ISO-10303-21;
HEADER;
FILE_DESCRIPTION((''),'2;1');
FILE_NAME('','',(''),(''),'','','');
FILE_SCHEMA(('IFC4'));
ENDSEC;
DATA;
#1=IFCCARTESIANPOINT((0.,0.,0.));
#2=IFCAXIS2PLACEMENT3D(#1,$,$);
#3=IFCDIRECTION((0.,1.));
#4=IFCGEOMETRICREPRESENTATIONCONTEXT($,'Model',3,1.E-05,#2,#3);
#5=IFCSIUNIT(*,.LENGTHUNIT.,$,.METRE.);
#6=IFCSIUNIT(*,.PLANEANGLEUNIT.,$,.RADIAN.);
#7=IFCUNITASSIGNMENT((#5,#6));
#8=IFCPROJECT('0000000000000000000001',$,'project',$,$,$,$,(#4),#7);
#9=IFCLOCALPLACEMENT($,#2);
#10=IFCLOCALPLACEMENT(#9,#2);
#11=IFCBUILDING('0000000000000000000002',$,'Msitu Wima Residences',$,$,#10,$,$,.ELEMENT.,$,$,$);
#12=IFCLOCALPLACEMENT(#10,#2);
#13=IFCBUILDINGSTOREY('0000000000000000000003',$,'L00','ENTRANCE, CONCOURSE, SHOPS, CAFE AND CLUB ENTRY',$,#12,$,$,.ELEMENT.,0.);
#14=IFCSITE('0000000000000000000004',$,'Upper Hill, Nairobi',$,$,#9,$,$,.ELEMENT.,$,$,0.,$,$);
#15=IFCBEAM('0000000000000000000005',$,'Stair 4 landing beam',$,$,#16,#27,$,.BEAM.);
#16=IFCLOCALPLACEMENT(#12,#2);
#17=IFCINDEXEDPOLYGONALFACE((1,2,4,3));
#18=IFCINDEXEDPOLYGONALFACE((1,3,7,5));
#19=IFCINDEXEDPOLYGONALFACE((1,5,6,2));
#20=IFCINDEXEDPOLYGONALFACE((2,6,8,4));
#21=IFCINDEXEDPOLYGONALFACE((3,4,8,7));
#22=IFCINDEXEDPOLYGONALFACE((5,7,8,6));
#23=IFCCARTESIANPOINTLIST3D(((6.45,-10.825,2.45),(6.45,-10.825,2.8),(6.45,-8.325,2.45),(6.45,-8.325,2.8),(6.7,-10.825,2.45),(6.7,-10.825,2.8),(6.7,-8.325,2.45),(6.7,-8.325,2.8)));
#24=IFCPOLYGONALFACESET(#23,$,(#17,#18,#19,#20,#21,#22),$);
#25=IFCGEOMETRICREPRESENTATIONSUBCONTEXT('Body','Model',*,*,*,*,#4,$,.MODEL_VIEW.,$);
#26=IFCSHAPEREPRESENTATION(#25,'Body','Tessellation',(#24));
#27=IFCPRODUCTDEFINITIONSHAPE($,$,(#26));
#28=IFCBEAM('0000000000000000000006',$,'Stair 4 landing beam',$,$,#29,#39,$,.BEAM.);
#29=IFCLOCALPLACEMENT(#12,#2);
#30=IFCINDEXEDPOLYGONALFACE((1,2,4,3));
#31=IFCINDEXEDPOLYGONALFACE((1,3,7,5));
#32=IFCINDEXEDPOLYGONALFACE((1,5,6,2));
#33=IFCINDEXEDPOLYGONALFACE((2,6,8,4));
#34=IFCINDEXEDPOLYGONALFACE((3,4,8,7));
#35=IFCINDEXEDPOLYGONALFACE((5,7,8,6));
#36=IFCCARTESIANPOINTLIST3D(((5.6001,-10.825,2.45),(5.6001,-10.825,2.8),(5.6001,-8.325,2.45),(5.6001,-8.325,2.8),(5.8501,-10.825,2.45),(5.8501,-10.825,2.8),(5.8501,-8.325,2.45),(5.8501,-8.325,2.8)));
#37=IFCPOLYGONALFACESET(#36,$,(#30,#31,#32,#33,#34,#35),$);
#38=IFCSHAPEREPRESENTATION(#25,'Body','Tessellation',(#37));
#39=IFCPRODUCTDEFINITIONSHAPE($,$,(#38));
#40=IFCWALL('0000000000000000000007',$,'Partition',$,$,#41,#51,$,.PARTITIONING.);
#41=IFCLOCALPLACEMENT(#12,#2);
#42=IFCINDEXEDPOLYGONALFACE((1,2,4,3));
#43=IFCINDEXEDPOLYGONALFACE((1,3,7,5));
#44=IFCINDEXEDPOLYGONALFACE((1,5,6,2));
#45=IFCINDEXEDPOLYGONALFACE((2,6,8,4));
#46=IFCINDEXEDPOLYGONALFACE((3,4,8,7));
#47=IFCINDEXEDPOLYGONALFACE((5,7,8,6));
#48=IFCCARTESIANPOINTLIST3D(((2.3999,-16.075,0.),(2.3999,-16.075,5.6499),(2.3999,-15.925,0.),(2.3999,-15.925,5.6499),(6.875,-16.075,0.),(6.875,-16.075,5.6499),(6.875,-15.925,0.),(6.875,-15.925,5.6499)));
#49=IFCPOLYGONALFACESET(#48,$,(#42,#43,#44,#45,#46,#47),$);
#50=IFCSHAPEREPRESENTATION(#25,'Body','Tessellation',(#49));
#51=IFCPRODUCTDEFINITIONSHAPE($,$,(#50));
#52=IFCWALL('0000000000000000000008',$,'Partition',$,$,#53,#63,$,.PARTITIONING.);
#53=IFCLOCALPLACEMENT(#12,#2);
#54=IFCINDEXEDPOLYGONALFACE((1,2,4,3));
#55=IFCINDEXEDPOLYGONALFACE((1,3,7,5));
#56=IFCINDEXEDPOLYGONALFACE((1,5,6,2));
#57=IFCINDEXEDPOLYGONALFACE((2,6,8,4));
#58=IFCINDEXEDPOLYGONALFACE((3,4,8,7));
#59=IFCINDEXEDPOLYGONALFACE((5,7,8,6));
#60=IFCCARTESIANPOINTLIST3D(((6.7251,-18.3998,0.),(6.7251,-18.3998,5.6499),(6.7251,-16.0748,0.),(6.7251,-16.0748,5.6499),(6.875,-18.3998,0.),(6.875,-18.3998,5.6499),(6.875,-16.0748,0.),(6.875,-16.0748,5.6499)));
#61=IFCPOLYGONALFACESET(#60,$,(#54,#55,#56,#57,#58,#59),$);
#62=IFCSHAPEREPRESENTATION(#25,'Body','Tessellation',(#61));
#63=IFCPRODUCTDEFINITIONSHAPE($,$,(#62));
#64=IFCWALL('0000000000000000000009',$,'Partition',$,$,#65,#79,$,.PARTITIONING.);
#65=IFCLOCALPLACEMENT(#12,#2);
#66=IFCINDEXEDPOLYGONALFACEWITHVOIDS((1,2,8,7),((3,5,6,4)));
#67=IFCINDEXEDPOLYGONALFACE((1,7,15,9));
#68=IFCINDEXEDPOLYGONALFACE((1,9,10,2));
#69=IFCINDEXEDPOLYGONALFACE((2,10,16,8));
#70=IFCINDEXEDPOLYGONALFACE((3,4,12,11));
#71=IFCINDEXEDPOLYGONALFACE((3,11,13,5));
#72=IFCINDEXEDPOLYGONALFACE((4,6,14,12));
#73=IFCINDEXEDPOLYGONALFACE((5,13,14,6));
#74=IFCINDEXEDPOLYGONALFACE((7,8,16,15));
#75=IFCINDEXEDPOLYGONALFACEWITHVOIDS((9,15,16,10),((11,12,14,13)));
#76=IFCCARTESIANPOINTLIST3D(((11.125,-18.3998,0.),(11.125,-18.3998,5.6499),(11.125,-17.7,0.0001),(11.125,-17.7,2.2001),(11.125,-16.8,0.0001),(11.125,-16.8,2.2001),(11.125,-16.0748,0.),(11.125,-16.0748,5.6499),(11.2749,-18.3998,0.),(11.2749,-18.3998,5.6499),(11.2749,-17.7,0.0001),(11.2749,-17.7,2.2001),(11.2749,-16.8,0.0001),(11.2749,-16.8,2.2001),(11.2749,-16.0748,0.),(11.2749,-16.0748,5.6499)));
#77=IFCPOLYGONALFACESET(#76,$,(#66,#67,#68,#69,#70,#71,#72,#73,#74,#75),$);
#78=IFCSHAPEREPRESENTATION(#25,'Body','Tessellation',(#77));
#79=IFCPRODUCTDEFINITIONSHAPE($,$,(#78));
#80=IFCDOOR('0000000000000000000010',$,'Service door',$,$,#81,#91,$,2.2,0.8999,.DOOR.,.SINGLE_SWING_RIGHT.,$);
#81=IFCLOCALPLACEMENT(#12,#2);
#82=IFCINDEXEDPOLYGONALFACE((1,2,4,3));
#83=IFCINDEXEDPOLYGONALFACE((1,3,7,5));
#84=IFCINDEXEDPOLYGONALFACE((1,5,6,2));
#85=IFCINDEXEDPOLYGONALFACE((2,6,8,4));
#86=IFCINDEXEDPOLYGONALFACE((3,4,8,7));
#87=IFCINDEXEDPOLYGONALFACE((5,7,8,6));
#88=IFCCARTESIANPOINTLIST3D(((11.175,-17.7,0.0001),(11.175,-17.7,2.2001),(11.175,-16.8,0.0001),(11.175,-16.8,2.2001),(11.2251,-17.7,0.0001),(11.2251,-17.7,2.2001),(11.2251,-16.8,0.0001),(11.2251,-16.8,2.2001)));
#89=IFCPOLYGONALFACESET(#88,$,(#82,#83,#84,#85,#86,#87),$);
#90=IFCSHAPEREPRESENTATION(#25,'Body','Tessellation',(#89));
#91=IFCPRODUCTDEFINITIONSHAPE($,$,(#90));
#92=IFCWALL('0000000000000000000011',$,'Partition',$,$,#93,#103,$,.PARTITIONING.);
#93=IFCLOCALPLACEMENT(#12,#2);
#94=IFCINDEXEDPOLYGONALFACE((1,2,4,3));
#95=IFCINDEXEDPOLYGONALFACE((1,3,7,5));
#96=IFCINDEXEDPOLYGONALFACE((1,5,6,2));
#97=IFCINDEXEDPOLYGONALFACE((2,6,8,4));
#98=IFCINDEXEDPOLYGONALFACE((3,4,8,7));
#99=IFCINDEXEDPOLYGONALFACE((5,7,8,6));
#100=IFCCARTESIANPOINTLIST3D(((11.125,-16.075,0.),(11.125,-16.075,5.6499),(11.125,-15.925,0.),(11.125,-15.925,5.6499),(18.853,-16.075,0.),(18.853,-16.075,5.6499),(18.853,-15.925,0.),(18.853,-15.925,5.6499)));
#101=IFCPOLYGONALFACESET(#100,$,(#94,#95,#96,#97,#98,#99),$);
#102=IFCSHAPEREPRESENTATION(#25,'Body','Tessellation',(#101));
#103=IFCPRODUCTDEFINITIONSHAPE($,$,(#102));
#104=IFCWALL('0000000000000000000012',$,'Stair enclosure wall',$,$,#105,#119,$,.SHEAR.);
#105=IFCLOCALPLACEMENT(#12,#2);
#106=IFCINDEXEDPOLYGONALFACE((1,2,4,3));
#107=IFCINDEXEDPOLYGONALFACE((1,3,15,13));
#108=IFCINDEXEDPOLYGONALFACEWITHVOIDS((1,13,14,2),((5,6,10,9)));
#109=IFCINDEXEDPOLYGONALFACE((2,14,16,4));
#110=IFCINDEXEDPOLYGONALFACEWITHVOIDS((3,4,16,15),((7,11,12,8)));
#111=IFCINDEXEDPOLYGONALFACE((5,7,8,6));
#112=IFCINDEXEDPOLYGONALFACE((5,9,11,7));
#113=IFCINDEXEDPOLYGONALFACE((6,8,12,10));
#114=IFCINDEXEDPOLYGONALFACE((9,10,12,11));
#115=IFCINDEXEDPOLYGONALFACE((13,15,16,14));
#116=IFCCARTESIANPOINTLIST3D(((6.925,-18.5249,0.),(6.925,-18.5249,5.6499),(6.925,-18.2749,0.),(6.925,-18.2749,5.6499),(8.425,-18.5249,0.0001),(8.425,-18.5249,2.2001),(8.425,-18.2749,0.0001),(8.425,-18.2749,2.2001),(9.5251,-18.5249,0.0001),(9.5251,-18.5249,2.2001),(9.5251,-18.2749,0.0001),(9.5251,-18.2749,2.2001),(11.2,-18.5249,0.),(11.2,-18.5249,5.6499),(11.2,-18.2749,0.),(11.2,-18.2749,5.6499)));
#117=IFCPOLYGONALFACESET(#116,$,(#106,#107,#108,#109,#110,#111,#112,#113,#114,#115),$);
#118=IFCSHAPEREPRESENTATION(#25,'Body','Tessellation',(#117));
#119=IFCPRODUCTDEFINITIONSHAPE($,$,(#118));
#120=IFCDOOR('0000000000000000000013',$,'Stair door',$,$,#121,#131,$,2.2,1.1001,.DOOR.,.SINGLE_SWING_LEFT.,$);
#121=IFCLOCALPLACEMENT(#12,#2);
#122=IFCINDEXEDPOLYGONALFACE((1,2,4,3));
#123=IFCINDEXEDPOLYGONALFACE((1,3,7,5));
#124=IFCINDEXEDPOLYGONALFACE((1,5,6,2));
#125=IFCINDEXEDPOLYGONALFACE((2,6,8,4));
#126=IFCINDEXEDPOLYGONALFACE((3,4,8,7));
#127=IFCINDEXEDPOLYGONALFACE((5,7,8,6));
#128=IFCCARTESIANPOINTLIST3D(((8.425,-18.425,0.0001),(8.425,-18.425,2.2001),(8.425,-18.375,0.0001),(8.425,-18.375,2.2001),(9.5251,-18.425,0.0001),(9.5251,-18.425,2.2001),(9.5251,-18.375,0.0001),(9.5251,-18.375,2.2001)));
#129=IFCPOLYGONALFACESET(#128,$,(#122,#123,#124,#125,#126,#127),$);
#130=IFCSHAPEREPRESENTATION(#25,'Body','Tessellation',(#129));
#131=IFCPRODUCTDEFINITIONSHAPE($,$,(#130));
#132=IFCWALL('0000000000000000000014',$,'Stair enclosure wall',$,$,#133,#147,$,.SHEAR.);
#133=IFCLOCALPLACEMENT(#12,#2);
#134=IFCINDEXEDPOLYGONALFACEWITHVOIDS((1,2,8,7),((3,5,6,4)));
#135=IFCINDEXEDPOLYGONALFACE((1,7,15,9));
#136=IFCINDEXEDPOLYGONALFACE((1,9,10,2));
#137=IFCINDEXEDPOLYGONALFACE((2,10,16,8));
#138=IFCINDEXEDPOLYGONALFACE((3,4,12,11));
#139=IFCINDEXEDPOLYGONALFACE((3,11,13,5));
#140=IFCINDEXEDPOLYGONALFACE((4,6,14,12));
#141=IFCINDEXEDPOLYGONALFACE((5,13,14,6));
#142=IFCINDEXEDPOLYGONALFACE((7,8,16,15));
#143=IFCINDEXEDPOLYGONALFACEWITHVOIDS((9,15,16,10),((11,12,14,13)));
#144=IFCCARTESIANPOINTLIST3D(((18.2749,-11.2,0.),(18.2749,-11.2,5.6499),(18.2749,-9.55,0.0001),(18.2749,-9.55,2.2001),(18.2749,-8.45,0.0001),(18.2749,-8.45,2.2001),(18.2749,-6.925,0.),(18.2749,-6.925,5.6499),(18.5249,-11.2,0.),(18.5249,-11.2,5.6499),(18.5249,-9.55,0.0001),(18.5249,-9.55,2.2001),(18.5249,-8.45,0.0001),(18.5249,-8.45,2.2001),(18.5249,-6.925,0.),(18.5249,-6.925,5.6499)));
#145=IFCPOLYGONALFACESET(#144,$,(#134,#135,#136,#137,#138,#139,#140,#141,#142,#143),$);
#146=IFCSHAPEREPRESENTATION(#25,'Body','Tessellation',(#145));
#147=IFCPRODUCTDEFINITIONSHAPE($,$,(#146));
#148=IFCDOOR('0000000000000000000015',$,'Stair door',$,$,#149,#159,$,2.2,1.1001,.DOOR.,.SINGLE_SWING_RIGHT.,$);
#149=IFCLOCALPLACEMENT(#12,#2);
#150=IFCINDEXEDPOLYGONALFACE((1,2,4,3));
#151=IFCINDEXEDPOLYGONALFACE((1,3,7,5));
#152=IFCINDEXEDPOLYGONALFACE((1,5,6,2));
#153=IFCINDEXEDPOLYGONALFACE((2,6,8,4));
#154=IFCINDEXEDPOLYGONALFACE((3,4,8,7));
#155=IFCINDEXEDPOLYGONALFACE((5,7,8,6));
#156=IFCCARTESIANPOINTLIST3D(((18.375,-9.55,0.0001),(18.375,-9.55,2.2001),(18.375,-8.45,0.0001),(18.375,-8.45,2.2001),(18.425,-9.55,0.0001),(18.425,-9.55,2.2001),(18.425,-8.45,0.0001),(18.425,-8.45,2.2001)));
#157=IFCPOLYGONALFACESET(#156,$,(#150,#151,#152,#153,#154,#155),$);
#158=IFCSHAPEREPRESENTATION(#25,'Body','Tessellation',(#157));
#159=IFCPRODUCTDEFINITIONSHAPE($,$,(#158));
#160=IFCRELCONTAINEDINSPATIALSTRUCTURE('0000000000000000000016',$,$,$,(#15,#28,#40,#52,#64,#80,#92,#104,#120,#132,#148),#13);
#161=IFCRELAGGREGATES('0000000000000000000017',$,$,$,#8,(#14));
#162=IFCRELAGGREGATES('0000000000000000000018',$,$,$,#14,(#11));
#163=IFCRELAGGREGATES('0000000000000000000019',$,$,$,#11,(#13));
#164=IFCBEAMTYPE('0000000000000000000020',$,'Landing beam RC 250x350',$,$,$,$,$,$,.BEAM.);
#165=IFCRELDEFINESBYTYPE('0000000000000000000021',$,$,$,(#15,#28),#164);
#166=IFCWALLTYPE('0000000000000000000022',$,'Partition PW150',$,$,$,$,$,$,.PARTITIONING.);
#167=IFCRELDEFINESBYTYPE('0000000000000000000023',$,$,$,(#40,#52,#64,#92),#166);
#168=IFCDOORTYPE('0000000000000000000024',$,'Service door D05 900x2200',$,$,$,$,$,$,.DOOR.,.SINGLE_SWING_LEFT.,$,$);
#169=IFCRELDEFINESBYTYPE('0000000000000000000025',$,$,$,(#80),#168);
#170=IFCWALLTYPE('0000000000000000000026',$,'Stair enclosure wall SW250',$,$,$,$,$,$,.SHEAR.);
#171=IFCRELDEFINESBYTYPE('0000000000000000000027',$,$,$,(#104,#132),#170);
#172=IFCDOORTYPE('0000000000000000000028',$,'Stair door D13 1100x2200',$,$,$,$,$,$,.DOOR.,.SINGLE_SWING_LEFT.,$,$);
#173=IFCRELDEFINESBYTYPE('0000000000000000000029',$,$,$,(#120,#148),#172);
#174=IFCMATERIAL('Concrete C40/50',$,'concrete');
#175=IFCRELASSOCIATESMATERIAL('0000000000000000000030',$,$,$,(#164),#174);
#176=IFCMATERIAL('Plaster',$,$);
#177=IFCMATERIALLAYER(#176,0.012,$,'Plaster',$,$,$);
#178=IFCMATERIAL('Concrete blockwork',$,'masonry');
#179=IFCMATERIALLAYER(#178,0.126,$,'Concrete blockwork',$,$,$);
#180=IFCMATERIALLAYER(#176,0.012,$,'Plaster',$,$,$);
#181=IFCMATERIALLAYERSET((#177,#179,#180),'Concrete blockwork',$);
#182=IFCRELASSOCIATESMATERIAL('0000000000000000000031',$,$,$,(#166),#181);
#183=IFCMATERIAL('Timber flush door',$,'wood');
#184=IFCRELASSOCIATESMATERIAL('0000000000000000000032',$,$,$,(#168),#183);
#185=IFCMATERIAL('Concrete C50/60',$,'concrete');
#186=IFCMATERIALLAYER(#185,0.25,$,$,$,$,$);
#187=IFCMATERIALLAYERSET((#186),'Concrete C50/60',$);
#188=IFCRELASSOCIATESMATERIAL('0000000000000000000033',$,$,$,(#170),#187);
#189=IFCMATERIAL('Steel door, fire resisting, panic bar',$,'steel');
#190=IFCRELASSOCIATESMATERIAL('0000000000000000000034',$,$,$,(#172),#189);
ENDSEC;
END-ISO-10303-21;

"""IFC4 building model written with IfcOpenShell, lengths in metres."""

from ifc_helpers import new_model, si_unit, direction, frame, frame_2d, origin, origin_2d, place, context, subcontext, project, spatial, rectangle, extrude, material, layer, layer_set, material_profile, profile_set, type_object, element, fill, save


model = new_model("IFC4")

# Units and contexts
model_context = context("Model", 3, precision=1e-05, world=origin(), true_north=direction((0.0, 1.0)))
body_context = subcontext(model_context, "Body", "Model", "MODEL_VIEW")
ifc_project = project(units=[si_unit("LENGTHUNIT", "METRE"), si_unit("PLANEANGLEUNIT", "RADIAN")], contexts=[model_context])

# Site, building, storey
site_placement = place(None, origin())
site = spatial("IfcSite", under=ifc_project, at=site_placement, Name="Upper Hill, Nairobi", CompositionType="ELEMENT", RefElevation=0.0)
building_placement = place(site_placement, origin())
building = spatial("IfcBuilding", under=site, at=building_placement, Name="Msitu Wima Residences", CompositionType="ELEMENT")
storey_placement = place(building_placement, origin())
storey = spatial("IfcBuildingStorey", under=building, at=storey_placement, Name="L00", Description="ENTRANCE, CONCOURSE, SHOPS, CAFE AND CLUB ENTRY", CompositionType="ELEMENT", Elevation=0.0)

# Beams
ifc_material_1 = material(Name="Concrete C40/50", Category="concrete")
ifc_material_profile = material_profile(ifc_material_1, rectangle(XDim=0.25, YDim=0.3501, at=origin_2d()), Name="RC 250x350")
ifc_profile_set = profile_set([ifc_material_profile], Name="Concrete C40/50")
beam_type = type_object("IfcBeamType", Name="Landing beam RC 250x350", PredefinedType="BEAM", material=ifc_profile_set)
for number, where, z_axis, x_axis, name in (
    (1, (6.575, -10.825, 2.625), (0.0, 1.0, 0.0), (-1.0, 0.0, 0.0), "Stair 4 landing beam"),
    (2, (5.7251, -10.825, 2.625), (0.0, 1.0, 0.0), (-1.0, 0.0, 0.0), "Stair 4 landing beam"),
):
    element("IfcBeam", number, at=place(storey_placement, frame(where, z_axis=z_axis, x_axis=x_axis)), inside=storey, type_object=beam_type, Name=name, PredefinedType="BEAM", context=body_context, shape_type="SweptSolid", body=[
        extrude(rectangle(XDim=0.25, YDim=0.3501, at=origin_2d()), origin(), (0.0, 0.0, 1.0), 2.5),
    ])

# Walls
ifc_material_2 = material(Name="Plaster")
ifc_layer_1 = layer(ifc_material_2, 0.012, Name="Plaster")
ifc_material_3 = material(Name="Concrete blockwork", Category="masonry")
ifc_layer_2 = layer(ifc_material_3, 0.126, Name="Concrete blockwork")
ifc_layer_3 = layer(ifc_material_2, 0.012, Name="Plaster")
ifc_layer_set_1 = layer_set([ifc_layer_1, ifc_layer_2, ifc_layer_3], Name="Concrete blockwork")
wall_type_1 = type_object("IfcWallType", Name="Partition PW150", PredefinedType="PARTITIONING", material=ifc_layer_set_1)
wall_1_placement = place(storey_placement, frame((2.3999, -16.0, 0.0), z_axis=(0.0, 0.0, 1.0), x_axis=(1.0, 0.0, 0.0)))
element("IfcWall", 3, at=wall_1_placement, inside=storey, type_object=wall_type_1, Name="Partition", PredefinedType="PARTITIONING", context=body_context, shape_type="SweptSolid", body=[
    extrude(rectangle(XDim=4.4751, YDim=0.1499, at=frame_2d((2.2375, 0.0))), origin(), (0.0, 0.0, 1.0), 5.6499),
])
wall_2_placement = place(storey_placement, frame((6.8, -18.3999, 0.0), z_axis=(0.0, 0.0, 1.0), x_axis=(0.0, 1.0, 0.0)))
element("IfcWall", 4, at=wall_2_placement, inside=storey, type_object=wall_type_1, Name="Partition", PredefinedType="PARTITIONING", context=body_context, shape_type="SweptSolid", body=[
    extrude(rectangle(XDim=2.325, YDim=0.1499, at=frame_2d((1.1626, 0.0))), origin(), (0.0, 0.0, 1.0), 5.6499),
])

# Wall, opening, door
wall_3_placement = place(storey_placement, frame((11.2, -18.3999, 0.0), z_axis=(0.0, 0.0, 1.0), x_axis=(0.0, 1.0, 0.0)))
wall_3 = element("IfcWall", 5, at=wall_3_placement, inside=storey, type_object=wall_type_1, Name="Partition", PredefinedType="PARTITIONING", context=body_context, shape_type="SweptSolid", body=[
    extrude(rectangle(XDim=2.325, YDim=0.1499, at=frame_2d((1.1626, 0.0))), origin(), (0.0, 0.0, 1.0), 5.6499),
])
opening_1_placement = place(wall_3_placement, frame((0.7, 0.0, 0.0)))
opening_1 = element("IfcOpeningElement", 6, at=opening_1_placement, cuts=wall_3, PredefinedType="OPENING", context=body_context, shape_type="SweptSolid", body=[
    extrude(rectangle(XDim=0.8999, YDim=2.2, at=frame_2d((0.45, 1.1001))), frame((0.0, 0.085, 0.0), z_axis=(0.0, -1.0, 0.0), x_axis=(1.0, 0.0, 0.0)), (0.0, 0.0, 1.0), 0.1699),
])
ifc_material_4 = material(Name="Timber flush door", Category="wood")
door_type_1 = type_object("IfcDoorType", Name="Service door D05 900x2200", OperationType="SINGLE_SWING_LEFT", PredefinedType="DOOR", material=ifc_material_4)
door_1_placement = place(opening_1_placement, origin())
door_1 = element("IfcDoor", 7, at=door_1_placement, inside=storey, type_object=door_type_1, Name="Service door", OperationType="SINGLE_SWING_RIGHT", OverallHeight=2.2, OverallWidth=0.8999, PredefinedType="DOOR", context=body_context, shape_type="SweptSolid", body=[
    extrude(rectangle(XDim=0.8999, YDim=2.2, at=frame_2d((0.45, 1.1001))), frame((0.0, 0.0249, 0.0), z_axis=(0.0, -1.0, 0.0), x_axis=(1.0, 0.0, 0.0)), (0.0, 0.0, 1.0), 0.05),
])
fill(opening_1, door_1)

# Wall
wall_4_placement = place(storey_placement, frame((11.125, -16.0, 0.0), z_axis=(0.0, 0.0, 1.0), x_axis=(1.0, 0.0, 0.0)))
element("IfcWall", 8, at=wall_4_placement, inside=storey, type_object=wall_type_1, Name="Partition", PredefinedType="PARTITIONING", context=body_context, shape_type="SweptSolid", body=[
    extrude(rectangle(XDim=7.728, YDim=0.1499, at=frame_2d((3.864, 0.0))), origin(), (0.0, 0.0, 1.0), 5.6499),
])

# Walls, openings, doors
ifc_material_5 = material(Name="Concrete C50/60", Category="concrete")
ifc_layer_4 = layer(ifc_material_5, 0.25)
ifc_layer_set_2 = layer_set([ifc_layer_4], Name="Concrete C50/60")
wall_type_2 = type_object("IfcWallType", Name="Stair enclosure wall SW250", PredefinedType="SHEAR", material=ifc_layer_set_2)
wall_5_placement = place(storey_placement, frame((6.925, -18.3999, 0.0), z_axis=(0.0, 0.0, 1.0), x_axis=(1.0, 0.0, 0.0)))
wall_5 = element("IfcWall", 9, at=wall_5_placement, inside=storey, type_object=wall_type_2, Name="Stair enclosure wall", PredefinedType="SHEAR", context=body_context, shape_type="SweptSolid", body=[
    extrude(rectangle(XDim=4.2749, YDim=0.25, at=frame_2d((2.1375, 0.0))), origin(), (0.0, 0.0, 1.0), 5.6499),
])
opening_2_placement = place(wall_5_placement, frame((1.5, 0.0, 0.0)))
opening_2 = element("IfcOpeningElement", 10, at=opening_2_placement, cuts=wall_5, PredefinedType="OPENING", context=body_context, shape_type="SweptSolid", body=[
    extrude(rectangle(XDim=1.1001, YDim=2.2, at=frame_2d((0.55, 1.1001))), frame((0.0, 0.135, 0.0), z_axis=(0.0, -1.0, 0.0), x_axis=(1.0, 0.0, 0.0)), (0.0, 0.0, 1.0), 0.27),
])
ifc_material_6 = material(Name="Steel door, fire resisting, panic bar", Category="steel")
door_type_2 = type_object("IfcDoorType", Name="Stair door D13 1100x2200", OperationType="SINGLE_SWING_LEFT", PredefinedType="DOOR", material=ifc_material_6)
door_2_placement = place(opening_2_placement, origin())
door_2 = element("IfcDoor", 11, at=door_2_placement, inside=storey, type_object=door_type_2, Name="Stair door", OperationType="SINGLE_SWING_LEFT", OverallHeight=2.2, OverallWidth=1.1001, PredefinedType="DOOR", context=body_context, shape_type="SweptSolid", body=[
    extrude(rectangle(XDim=1.1001, YDim=2.2, at=frame_2d((0.55, 1.1001))), frame((0.0, 0.0249, 0.0), z_axis=(0.0, -1.0, 0.0), x_axis=(1.0, 0.0, 0.0)), (0.0, 0.0, 1.0), 0.05),
])
fill(opening_2, door_2)
wall_6_placement = place(storey_placement, frame((18.3999, -11.2, 0.0), z_axis=(0.0, 0.0, 1.0), x_axis=(0.0, 1.0, 0.0)))
wall_6 = element("IfcWall", 12, at=wall_6_placement, inside=storey, type_object=wall_type_2, Name="Stair enclosure wall", PredefinedType="SHEAR", context=body_context, shape_type="SweptSolid", body=[
    extrude(rectangle(XDim=4.2749, YDim=0.25, at=frame_2d((2.1375, 0.0))), origin(), (0.0, 0.0, 1.0), 5.6499),
])
opening_3_placement = place(wall_6_placement, frame((1.6499, 0.0, 0.0)))
opening_3 = element("IfcOpeningElement", 13, at=opening_3_placement, cuts=wall_6, PredefinedType="OPENING", context=body_context, shape_type="SweptSolid", body=[
    extrude(rectangle(XDim=1.1001, YDim=2.2, at=frame_2d((0.55, 1.1001))), frame((0.0, 0.135, 0.0), z_axis=(0.0, -1.0, 0.0), x_axis=(1.0, 0.0, 0.0)), (0.0, 0.0, 1.0), 0.27),
])
door_3_placement = place(opening_3_placement, origin())
door_3 = element("IfcDoor", 14, at=door_3_placement, inside=storey, type_object=door_type_2, Name="Stair door", OperationType="SINGLE_SWING_RIGHT", OverallHeight=2.2, OverallWidth=1.1001, PredefinedType="DOOR", context=body_context, shape_type="SweptSolid", body=[
    extrude(rectangle(XDim=1.1001, YDim=2.2, at=frame_2d((0.55, 1.1001))), frame((0.0, 0.0249, 0.0), z_axis=(0.0, -1.0, 0.0), x_axis=(1.0, 0.0, 0.0)), (0.0, 0.0, 1.0), 0.05),
])
fill(opening_3, door_3)

save(model, "model.ifc")
